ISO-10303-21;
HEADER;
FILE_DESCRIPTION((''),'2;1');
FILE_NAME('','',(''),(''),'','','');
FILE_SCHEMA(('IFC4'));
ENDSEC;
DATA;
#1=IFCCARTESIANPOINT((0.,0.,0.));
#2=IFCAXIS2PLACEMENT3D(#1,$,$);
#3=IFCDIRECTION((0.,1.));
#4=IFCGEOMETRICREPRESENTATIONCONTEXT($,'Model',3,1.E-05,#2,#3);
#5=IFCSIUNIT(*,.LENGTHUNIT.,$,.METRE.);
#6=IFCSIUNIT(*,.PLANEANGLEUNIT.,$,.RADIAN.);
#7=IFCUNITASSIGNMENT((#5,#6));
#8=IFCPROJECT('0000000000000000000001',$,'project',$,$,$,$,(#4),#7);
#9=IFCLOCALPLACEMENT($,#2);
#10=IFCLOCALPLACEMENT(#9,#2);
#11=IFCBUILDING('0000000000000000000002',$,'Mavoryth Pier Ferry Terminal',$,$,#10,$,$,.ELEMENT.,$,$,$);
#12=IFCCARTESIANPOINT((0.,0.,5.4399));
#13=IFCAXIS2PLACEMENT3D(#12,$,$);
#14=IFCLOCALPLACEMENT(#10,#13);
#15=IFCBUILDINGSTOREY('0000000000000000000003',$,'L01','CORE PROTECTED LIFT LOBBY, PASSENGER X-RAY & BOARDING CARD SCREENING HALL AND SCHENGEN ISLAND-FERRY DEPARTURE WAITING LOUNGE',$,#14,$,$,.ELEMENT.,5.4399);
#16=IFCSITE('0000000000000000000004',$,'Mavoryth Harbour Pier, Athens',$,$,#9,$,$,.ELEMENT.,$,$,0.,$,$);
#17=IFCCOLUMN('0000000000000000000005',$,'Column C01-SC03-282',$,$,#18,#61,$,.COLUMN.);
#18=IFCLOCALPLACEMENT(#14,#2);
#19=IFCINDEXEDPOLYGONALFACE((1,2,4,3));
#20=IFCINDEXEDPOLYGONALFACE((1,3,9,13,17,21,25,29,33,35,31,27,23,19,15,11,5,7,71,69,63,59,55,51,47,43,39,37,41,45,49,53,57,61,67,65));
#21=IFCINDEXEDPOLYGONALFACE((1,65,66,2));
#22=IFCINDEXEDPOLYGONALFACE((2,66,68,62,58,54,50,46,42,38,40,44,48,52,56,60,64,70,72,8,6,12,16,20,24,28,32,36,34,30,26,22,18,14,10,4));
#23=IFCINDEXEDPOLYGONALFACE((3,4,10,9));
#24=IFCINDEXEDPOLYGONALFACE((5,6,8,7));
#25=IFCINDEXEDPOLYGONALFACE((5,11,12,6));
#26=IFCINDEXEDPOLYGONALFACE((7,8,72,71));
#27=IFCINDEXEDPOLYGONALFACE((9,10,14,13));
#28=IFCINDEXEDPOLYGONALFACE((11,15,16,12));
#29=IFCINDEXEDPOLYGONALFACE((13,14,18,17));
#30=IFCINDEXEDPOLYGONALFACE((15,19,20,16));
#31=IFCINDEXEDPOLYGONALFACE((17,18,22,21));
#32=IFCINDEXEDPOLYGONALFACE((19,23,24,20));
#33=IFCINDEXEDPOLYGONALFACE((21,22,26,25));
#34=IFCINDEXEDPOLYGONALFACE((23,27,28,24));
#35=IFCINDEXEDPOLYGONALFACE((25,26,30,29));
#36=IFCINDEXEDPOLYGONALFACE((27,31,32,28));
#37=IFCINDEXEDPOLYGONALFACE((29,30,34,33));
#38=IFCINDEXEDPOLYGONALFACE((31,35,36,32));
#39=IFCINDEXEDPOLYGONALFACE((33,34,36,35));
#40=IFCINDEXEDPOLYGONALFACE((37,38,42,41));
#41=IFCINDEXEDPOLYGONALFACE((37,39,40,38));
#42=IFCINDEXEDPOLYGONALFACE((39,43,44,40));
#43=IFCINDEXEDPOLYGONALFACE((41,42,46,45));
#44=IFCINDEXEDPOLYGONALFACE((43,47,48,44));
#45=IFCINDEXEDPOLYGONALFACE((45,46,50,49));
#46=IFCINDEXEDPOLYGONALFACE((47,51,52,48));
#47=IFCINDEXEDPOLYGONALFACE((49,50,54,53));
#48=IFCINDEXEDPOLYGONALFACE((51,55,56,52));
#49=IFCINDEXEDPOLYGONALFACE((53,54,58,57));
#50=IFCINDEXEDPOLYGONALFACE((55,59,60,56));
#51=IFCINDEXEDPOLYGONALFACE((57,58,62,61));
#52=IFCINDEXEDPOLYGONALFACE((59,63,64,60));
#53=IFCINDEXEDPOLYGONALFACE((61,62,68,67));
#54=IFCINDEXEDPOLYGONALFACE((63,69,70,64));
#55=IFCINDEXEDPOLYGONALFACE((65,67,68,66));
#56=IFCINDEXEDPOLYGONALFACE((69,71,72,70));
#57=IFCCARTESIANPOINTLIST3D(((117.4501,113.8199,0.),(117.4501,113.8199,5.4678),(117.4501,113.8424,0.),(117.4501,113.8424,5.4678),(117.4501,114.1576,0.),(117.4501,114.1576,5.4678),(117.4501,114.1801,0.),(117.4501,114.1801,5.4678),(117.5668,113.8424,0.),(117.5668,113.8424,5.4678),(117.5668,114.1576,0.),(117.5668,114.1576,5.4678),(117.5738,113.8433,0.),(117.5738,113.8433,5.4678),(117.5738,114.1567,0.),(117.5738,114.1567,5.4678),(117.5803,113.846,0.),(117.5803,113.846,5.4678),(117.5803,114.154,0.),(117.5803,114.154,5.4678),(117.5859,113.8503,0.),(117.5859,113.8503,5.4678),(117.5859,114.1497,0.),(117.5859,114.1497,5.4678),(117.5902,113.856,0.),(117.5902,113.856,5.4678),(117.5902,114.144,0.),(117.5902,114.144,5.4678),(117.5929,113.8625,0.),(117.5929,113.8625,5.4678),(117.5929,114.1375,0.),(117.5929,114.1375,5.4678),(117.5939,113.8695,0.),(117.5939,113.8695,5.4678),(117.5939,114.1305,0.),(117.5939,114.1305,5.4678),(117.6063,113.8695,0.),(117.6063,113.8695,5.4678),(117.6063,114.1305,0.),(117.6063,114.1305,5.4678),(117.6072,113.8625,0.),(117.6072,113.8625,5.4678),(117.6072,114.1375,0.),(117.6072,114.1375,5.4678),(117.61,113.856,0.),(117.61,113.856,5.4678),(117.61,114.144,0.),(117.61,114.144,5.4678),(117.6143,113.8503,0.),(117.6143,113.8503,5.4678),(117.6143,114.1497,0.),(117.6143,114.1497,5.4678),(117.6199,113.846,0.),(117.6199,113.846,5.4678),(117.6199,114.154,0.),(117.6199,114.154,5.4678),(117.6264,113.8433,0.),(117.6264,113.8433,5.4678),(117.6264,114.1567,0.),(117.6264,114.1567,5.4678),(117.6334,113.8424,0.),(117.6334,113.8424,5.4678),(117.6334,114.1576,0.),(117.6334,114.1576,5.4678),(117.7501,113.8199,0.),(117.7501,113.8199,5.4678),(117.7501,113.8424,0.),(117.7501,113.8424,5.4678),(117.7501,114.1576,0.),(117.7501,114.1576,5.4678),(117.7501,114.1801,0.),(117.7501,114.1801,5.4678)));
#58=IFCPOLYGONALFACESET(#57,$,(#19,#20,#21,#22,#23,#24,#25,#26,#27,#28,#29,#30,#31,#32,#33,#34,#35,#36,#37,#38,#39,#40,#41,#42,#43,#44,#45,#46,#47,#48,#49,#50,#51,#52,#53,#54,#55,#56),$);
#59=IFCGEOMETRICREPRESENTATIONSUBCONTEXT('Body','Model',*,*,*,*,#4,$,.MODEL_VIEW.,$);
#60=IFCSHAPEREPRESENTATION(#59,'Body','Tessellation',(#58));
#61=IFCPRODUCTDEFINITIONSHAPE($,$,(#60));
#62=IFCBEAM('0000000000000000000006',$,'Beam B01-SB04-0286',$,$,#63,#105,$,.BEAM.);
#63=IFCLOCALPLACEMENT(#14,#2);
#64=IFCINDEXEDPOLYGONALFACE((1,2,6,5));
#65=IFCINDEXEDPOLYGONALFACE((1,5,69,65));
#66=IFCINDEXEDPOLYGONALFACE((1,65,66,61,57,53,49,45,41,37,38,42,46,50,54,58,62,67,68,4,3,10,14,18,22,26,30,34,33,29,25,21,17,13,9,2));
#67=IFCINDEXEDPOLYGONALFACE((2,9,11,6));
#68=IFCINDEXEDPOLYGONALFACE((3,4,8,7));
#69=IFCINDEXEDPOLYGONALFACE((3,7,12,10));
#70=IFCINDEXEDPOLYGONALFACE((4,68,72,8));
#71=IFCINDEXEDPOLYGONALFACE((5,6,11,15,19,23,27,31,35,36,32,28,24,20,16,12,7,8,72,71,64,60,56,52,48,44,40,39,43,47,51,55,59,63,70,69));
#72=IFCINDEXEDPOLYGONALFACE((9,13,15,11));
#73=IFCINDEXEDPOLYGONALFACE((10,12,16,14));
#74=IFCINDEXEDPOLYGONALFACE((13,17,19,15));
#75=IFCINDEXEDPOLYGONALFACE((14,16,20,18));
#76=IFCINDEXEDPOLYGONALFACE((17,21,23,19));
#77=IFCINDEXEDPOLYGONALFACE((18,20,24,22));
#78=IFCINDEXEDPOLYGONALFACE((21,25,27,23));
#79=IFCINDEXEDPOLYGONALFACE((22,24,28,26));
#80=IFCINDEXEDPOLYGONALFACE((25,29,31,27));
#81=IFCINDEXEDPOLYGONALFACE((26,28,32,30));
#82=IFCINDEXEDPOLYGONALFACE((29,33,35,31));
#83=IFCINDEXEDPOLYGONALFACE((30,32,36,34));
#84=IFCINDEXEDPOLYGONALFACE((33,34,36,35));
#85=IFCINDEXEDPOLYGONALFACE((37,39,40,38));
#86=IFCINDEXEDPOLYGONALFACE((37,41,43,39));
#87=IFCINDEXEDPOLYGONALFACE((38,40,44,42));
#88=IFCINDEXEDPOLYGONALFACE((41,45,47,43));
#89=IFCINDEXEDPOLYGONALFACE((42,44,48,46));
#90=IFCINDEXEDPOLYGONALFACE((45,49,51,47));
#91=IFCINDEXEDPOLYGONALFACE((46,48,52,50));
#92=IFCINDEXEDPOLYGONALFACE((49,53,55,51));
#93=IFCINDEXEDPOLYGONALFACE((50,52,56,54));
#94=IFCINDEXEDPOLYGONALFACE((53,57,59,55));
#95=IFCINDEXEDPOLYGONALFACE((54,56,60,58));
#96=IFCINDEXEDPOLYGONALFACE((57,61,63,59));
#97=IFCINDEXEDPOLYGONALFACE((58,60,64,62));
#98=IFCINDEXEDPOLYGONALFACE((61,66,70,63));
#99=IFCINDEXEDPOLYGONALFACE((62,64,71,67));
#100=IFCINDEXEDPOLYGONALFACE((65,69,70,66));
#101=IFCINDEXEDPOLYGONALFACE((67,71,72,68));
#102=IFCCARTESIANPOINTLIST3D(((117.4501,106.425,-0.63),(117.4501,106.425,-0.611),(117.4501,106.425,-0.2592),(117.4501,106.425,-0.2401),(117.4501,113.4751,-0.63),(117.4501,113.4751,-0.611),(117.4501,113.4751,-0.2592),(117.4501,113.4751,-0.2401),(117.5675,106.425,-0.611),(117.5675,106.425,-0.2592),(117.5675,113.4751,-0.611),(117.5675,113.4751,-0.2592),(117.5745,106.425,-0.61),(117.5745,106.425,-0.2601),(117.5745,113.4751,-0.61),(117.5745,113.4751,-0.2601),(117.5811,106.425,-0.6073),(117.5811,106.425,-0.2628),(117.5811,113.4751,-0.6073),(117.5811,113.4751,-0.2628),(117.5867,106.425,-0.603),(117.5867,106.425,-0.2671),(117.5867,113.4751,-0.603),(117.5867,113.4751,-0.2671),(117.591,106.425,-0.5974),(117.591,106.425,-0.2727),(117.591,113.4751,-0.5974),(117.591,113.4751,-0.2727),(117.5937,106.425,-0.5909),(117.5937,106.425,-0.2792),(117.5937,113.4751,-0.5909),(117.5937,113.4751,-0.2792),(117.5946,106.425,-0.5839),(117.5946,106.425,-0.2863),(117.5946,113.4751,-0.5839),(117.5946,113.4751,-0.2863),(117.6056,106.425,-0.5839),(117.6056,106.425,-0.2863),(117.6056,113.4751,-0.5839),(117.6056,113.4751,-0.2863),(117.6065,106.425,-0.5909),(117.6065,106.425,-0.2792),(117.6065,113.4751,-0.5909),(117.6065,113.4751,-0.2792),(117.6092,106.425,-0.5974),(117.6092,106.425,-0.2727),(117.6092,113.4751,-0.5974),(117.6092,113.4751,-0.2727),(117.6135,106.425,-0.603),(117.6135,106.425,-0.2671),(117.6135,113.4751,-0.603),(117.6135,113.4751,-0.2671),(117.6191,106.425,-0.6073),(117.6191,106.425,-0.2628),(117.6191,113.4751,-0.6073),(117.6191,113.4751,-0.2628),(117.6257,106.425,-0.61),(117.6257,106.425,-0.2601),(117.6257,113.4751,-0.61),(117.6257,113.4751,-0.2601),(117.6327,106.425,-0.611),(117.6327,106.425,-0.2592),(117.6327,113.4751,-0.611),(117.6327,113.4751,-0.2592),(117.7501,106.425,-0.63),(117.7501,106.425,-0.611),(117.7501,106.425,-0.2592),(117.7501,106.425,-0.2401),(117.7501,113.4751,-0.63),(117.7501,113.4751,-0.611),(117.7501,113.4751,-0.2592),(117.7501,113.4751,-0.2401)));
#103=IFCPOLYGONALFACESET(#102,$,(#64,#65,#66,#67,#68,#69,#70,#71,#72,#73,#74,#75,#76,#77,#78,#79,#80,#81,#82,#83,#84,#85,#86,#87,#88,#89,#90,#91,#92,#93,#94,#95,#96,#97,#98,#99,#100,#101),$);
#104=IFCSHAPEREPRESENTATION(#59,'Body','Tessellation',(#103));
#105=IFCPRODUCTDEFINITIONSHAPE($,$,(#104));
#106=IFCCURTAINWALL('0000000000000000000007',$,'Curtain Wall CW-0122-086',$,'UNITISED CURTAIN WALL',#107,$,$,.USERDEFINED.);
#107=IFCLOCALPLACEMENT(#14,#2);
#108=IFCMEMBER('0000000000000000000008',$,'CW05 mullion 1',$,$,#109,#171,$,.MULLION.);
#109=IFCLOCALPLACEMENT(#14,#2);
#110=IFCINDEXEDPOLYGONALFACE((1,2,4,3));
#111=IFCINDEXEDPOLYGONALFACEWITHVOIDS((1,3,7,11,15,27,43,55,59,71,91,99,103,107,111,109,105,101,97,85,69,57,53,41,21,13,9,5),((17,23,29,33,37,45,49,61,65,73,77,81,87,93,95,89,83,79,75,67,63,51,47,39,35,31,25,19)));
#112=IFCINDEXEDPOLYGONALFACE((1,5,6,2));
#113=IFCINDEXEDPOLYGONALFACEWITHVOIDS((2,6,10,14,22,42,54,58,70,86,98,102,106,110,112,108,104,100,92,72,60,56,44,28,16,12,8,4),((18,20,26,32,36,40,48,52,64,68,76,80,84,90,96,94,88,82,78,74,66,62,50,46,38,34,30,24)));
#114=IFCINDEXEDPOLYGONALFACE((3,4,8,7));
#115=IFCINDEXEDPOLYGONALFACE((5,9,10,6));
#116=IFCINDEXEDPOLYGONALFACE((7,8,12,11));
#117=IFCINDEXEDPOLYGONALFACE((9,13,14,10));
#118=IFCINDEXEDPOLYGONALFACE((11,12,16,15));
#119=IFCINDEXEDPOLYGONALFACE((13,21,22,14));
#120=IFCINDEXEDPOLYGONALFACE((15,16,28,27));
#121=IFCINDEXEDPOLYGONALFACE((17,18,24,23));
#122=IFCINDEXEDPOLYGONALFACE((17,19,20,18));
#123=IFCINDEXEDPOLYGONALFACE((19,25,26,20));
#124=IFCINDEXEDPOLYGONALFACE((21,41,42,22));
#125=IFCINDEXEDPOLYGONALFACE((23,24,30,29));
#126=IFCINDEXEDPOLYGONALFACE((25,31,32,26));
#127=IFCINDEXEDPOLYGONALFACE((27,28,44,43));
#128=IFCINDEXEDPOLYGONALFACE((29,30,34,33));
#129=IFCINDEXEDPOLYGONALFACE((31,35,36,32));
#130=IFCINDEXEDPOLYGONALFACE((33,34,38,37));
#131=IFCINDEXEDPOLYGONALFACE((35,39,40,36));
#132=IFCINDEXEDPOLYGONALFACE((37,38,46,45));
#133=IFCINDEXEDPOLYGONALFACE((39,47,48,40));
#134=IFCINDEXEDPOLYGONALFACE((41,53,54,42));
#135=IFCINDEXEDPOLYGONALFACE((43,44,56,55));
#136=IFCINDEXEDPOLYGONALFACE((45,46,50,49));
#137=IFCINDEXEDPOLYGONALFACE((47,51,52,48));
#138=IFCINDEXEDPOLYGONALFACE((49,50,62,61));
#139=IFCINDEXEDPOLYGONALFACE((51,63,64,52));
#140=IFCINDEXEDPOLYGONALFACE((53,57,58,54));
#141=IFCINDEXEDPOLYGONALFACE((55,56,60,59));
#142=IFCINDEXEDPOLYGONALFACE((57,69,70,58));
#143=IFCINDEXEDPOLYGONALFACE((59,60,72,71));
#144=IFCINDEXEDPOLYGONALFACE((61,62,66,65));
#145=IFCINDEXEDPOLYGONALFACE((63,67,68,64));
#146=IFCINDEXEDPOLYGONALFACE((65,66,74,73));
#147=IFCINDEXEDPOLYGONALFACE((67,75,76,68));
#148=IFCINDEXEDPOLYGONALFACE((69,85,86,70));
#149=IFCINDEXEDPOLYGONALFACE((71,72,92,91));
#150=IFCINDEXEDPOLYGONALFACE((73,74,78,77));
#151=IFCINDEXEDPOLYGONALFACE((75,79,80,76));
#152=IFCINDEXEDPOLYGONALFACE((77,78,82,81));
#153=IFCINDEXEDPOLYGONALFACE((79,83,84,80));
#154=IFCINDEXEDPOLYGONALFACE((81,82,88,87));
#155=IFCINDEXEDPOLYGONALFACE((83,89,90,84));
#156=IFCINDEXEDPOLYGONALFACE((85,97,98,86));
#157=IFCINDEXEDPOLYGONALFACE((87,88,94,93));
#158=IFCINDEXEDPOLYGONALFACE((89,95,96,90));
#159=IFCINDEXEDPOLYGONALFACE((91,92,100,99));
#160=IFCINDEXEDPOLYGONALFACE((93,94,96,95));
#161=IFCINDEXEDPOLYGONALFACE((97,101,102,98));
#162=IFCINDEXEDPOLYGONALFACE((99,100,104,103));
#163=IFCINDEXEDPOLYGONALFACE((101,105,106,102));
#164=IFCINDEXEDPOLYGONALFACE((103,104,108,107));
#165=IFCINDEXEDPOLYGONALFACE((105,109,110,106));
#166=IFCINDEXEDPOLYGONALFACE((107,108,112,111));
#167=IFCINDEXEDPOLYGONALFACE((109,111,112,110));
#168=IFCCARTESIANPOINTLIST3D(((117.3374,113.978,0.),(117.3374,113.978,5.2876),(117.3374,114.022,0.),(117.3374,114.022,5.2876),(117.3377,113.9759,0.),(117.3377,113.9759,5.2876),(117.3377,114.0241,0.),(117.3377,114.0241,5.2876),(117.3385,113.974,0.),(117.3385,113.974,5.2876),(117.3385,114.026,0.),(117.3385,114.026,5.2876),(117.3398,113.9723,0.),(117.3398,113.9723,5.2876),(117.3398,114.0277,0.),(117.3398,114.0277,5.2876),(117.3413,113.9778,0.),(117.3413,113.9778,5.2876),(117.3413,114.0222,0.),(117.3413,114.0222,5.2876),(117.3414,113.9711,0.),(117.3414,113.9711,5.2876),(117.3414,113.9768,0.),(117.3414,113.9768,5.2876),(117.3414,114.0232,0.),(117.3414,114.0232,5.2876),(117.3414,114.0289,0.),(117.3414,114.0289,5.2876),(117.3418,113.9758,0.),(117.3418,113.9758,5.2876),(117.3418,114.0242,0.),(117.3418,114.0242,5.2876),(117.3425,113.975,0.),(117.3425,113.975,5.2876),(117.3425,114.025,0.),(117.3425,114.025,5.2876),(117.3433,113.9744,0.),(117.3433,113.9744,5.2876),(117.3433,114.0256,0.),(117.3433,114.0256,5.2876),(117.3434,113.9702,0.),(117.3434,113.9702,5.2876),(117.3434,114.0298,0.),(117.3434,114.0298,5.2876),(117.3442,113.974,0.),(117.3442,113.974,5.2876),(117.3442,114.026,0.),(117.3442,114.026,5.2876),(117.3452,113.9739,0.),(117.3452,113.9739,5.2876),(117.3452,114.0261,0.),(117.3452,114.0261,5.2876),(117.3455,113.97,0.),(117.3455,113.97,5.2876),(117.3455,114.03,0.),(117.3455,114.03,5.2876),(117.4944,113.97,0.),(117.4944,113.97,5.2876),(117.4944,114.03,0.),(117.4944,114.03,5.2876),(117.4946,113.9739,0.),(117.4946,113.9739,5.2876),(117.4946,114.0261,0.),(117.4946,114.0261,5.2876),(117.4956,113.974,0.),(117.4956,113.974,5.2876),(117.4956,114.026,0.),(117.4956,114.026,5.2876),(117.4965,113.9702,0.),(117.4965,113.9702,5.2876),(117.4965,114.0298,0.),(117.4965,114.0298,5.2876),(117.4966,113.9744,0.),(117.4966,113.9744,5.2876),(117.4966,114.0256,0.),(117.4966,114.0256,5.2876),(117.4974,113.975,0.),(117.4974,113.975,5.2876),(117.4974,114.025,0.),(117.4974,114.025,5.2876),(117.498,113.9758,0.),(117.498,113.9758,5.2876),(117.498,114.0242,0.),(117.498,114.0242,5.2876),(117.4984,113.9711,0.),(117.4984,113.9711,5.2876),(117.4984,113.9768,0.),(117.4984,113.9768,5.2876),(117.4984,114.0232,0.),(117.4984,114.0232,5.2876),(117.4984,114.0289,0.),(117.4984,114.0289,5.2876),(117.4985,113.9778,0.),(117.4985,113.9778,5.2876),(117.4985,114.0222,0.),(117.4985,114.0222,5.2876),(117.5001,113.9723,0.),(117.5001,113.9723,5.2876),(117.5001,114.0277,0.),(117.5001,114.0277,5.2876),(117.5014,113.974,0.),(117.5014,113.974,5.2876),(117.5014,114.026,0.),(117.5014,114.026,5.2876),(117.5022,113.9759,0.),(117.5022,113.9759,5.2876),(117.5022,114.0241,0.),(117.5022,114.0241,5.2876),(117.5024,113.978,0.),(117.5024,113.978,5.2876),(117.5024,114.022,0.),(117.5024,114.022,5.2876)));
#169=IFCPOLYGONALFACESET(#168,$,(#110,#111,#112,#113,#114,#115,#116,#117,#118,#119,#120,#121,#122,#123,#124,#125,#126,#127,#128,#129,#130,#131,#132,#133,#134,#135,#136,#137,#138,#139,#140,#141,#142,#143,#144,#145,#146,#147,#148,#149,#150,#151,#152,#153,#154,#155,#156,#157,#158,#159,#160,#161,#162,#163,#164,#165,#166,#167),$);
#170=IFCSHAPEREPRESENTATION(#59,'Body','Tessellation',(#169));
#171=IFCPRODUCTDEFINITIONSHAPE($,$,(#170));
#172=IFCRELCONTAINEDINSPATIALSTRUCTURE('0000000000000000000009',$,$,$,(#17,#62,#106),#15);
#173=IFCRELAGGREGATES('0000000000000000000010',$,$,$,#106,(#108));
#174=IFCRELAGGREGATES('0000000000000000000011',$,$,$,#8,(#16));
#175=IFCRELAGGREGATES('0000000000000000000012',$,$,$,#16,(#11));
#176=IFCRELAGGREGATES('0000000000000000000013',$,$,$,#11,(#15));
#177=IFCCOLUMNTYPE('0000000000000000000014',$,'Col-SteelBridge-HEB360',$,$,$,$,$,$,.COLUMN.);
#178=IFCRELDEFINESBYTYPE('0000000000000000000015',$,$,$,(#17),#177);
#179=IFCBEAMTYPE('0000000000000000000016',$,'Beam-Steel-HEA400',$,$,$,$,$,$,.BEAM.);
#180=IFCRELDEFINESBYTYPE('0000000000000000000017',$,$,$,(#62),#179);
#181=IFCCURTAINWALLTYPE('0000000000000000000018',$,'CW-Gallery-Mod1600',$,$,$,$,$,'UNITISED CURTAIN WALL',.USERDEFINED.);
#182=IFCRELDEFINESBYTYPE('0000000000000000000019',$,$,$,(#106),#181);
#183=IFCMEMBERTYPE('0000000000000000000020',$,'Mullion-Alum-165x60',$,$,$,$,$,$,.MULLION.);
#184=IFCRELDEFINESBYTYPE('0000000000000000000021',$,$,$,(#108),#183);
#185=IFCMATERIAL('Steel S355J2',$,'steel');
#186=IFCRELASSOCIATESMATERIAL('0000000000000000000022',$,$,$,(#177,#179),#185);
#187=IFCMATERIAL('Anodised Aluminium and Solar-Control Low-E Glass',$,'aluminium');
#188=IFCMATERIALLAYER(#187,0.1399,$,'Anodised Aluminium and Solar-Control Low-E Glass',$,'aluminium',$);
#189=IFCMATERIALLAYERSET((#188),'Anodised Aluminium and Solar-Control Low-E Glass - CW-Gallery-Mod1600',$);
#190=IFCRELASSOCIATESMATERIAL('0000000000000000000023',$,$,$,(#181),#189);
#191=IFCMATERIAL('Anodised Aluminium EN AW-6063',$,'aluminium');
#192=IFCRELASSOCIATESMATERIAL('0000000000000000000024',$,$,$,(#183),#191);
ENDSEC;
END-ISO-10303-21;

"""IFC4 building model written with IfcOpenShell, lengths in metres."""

from ifc_helpers import new_model, si_unit, direction, frame, origin, origin_2d, place, context, subcontext, project, spatial, hollow_rectangle, i_section, extrude, material, layer, layer_set, material_profile, profile_set, type_object, element, aggregate, save


model = new_model("IFC4")

# Units and contexts
model_context = context("Model", 3, precision=1e-05, world=origin(), true_north=direction((0.0, 1.0)))
body_context = subcontext(model_context, "Body", "Model", "MODEL_VIEW")
ifc_project = project(units=[si_unit("LENGTHUNIT", "METRE"), si_unit("PLANEANGLEUNIT", "RADIAN")], contexts=[model_context])

# Site, building, storey
site_placement = place(None, origin())
site = spatial("IfcSite", under=ifc_project, at=site_placement, Name="Mavoryth Harbour Pier, Athens", CompositionType="ELEMENT", RefElevation=0.0)
building_placement = place(site_placement, origin())
building = spatial("IfcBuilding", under=site, at=building_placement, Name="Mavoryth Pier Ferry Terminal", CompositionType="ELEMENT")
storey_placement = place(building_placement, frame((0.0, 0.0, 5.4399)))
storey = spatial("IfcBuildingStorey", under=building, at=storey_placement, Name="L01", Description="CORE PROTECTED LIFT LOBBY, PASSENGER X-RAY & BOARDING CARD SCREENING HALL AND SCHENGEN ISLAND-FERRY DEPARTURE WAITING LOUNGE", CompositionType="ELEMENT", Elevation=5.4399)

# Column
ifc_material_1 = material(Name="Steel S355J2", Category="steel")
ifc_material_profile_1 = material_profile(ifc_material_1, i_section(OverallWidth=0.3, OverallDepth=0.3601, WebThickness=0.0125, FlangeThickness=0.0225, FilletRadius=0.0271, at=origin_2d()), Name="HEB 360", Category="steel")
ifc_profile_set_1 = profile_set([ifc_material_profile_1], Name="Steel S355J2 - HEB 360")
column_type = type_object("IfcColumnType", Name="Col-SteelBridge-HEB360", PredefinedType="COLUMN", material=ifc_profile_set_1)
column_placement = place(storey_placement, frame((117.6001, 114.0, 0.0), z_axis=(0.0, 0.0, 1.0), x_axis=(1.0, 0.0, 0.0)))
element("IfcColumn", 1, at=column_placement, inside=storey, type_object=column_type, Name="Column C01-SC03-282", PredefinedType="COLUMN", context=body_context, shape_type="SweptSolid", body=[
    extrude(i_section(OverallWidth=0.3, OverallDepth=0.3601, WebThickness=0.0125, FlangeThickness=0.0225, FilletRadius=0.0271, at=origin_2d()), origin(), (0.0, 0.0, 1.0), 5.4678),
])

# Beam
ifc_material_profile_2 = material_profile(ifc_material_1, i_section(OverallWidth=0.3, OverallDepth=0.3899, WebThickness=0.011, FlangeThickness=0.019, FilletRadius=0.0271, at=origin_2d()), Name="HEA 400", Category="steel")
ifc_profile_set_2 = profile_set([ifc_material_profile_2], Name="Steel S355J2 - HEA 400")
beam_type_1 = type_object("IfcBeamType", Name="Beam-Steel-HEA400", PredefinedType="BEAM", material=ifc_profile_set_2)
beam_1_placement = place(storey_placement, frame((117.6001, 106.425, -0.4351), z_axis=(0.0, 1.0, 0.0), x_axis=(-1.0, 0.0, 0.0)))
element("IfcBeam", 2, at=beam_1_placement, inside=storey, type_object=beam_type_1, Name="Beam B01-SB04-0286", PredefinedType="BEAM", context=body_context, shape_type="SweptSolid", body=[
    extrude(i_section(OverallWidth=0.3, OverallDepth=0.3899, WebThickness=0.011, FlangeThickness=0.019, FilletRadius=0.0271, at=origin_2d()), origin(), (0.0, 0.0, 1.0), 7.05),
])

# Curtain wall, member
ifc_material_2 = material(Name="Anodised Aluminium and Solar-Control Low-E Glass", Category="aluminium")
ifc_layer_1 = layer(ifc_material_2, 0.1399, Name="Anodised Aluminium and Solar-Control Low-E Glass", Category="aluminium")
ifc_layer_set_1 = layer_set([ifc_layer_1], Name="Anodised Aluminium and Solar-Control Low-E Glass - CW-Gallery-Mod1600")
curtain_wall_type = type_object("IfcCurtainWallType", Name="CW-Gallery-Mod1600", ElementType="UNITISED CURTAIN WALL", PredefinedType="USERDEFINED", material=ifc_layer_set_1)
curtain_wall_1_placement = place(storey_placement, origin())
curtain_wall_1 = element("IfcCurtainWall", 3, at=curtain_wall_1_placement, inside=storey, type_object=curtain_wall_type, Name="Curtain Wall CW-0122-086", ObjectType="UNITISED CURTAIN WALL", PredefinedType="USERDEFINED")
ifc_material_3 = material(Name="Anodised Aluminium EN AW-6063", Category="aluminium")
ifc_material_profile_3 = material_profile(ifc_material_3, hollow_rectangle(XDim=0.0601, YDim=0.165, WallThickness=0.0039, InnerFilletRadius=0.0039, OuterFilletRadius=0.0081, at=origin_2d()), Name="AL-MULL 165x60x4", Category="aluminium")
ifc_profile_set_3 = profile_set([ifc_material_profile_3], Name="Anodised Aluminium EN AW-6063 - AL-MULL 165x60x4")
member_type_1 = type_object("IfcMemberType", Name="Mullion-Alum-165x60", PredefinedType="MULLION", material=ifc_profile_set_3)
member_1_placement = place(storey_placement, frame((117.4199, 114.0, 0.0), z_axis=(0.0, 0.0, 1.0), x_axis=(0.0, -1.0, 0.0)))
member_1 = element("IfcMember", 4, at=member_1_placement, type_object=member_type_1, Name="CW05 mullion 1", PredefinedType="MULLION", context=body_context, shape_type="SweptSolid", body=[
    extrude(hollow_rectangle(XDim=0.0601, YDim=0.165, WallThickness=0.0039, InnerFilletRadius=0.0039, OuterFilletRadius=0.0081, at=origin_2d()), origin(), (0.0, 0.0, 1.0), 5.2876),
])

aggregate(curtain_wall_1, [member_1])

save(model, "model.ifc")
